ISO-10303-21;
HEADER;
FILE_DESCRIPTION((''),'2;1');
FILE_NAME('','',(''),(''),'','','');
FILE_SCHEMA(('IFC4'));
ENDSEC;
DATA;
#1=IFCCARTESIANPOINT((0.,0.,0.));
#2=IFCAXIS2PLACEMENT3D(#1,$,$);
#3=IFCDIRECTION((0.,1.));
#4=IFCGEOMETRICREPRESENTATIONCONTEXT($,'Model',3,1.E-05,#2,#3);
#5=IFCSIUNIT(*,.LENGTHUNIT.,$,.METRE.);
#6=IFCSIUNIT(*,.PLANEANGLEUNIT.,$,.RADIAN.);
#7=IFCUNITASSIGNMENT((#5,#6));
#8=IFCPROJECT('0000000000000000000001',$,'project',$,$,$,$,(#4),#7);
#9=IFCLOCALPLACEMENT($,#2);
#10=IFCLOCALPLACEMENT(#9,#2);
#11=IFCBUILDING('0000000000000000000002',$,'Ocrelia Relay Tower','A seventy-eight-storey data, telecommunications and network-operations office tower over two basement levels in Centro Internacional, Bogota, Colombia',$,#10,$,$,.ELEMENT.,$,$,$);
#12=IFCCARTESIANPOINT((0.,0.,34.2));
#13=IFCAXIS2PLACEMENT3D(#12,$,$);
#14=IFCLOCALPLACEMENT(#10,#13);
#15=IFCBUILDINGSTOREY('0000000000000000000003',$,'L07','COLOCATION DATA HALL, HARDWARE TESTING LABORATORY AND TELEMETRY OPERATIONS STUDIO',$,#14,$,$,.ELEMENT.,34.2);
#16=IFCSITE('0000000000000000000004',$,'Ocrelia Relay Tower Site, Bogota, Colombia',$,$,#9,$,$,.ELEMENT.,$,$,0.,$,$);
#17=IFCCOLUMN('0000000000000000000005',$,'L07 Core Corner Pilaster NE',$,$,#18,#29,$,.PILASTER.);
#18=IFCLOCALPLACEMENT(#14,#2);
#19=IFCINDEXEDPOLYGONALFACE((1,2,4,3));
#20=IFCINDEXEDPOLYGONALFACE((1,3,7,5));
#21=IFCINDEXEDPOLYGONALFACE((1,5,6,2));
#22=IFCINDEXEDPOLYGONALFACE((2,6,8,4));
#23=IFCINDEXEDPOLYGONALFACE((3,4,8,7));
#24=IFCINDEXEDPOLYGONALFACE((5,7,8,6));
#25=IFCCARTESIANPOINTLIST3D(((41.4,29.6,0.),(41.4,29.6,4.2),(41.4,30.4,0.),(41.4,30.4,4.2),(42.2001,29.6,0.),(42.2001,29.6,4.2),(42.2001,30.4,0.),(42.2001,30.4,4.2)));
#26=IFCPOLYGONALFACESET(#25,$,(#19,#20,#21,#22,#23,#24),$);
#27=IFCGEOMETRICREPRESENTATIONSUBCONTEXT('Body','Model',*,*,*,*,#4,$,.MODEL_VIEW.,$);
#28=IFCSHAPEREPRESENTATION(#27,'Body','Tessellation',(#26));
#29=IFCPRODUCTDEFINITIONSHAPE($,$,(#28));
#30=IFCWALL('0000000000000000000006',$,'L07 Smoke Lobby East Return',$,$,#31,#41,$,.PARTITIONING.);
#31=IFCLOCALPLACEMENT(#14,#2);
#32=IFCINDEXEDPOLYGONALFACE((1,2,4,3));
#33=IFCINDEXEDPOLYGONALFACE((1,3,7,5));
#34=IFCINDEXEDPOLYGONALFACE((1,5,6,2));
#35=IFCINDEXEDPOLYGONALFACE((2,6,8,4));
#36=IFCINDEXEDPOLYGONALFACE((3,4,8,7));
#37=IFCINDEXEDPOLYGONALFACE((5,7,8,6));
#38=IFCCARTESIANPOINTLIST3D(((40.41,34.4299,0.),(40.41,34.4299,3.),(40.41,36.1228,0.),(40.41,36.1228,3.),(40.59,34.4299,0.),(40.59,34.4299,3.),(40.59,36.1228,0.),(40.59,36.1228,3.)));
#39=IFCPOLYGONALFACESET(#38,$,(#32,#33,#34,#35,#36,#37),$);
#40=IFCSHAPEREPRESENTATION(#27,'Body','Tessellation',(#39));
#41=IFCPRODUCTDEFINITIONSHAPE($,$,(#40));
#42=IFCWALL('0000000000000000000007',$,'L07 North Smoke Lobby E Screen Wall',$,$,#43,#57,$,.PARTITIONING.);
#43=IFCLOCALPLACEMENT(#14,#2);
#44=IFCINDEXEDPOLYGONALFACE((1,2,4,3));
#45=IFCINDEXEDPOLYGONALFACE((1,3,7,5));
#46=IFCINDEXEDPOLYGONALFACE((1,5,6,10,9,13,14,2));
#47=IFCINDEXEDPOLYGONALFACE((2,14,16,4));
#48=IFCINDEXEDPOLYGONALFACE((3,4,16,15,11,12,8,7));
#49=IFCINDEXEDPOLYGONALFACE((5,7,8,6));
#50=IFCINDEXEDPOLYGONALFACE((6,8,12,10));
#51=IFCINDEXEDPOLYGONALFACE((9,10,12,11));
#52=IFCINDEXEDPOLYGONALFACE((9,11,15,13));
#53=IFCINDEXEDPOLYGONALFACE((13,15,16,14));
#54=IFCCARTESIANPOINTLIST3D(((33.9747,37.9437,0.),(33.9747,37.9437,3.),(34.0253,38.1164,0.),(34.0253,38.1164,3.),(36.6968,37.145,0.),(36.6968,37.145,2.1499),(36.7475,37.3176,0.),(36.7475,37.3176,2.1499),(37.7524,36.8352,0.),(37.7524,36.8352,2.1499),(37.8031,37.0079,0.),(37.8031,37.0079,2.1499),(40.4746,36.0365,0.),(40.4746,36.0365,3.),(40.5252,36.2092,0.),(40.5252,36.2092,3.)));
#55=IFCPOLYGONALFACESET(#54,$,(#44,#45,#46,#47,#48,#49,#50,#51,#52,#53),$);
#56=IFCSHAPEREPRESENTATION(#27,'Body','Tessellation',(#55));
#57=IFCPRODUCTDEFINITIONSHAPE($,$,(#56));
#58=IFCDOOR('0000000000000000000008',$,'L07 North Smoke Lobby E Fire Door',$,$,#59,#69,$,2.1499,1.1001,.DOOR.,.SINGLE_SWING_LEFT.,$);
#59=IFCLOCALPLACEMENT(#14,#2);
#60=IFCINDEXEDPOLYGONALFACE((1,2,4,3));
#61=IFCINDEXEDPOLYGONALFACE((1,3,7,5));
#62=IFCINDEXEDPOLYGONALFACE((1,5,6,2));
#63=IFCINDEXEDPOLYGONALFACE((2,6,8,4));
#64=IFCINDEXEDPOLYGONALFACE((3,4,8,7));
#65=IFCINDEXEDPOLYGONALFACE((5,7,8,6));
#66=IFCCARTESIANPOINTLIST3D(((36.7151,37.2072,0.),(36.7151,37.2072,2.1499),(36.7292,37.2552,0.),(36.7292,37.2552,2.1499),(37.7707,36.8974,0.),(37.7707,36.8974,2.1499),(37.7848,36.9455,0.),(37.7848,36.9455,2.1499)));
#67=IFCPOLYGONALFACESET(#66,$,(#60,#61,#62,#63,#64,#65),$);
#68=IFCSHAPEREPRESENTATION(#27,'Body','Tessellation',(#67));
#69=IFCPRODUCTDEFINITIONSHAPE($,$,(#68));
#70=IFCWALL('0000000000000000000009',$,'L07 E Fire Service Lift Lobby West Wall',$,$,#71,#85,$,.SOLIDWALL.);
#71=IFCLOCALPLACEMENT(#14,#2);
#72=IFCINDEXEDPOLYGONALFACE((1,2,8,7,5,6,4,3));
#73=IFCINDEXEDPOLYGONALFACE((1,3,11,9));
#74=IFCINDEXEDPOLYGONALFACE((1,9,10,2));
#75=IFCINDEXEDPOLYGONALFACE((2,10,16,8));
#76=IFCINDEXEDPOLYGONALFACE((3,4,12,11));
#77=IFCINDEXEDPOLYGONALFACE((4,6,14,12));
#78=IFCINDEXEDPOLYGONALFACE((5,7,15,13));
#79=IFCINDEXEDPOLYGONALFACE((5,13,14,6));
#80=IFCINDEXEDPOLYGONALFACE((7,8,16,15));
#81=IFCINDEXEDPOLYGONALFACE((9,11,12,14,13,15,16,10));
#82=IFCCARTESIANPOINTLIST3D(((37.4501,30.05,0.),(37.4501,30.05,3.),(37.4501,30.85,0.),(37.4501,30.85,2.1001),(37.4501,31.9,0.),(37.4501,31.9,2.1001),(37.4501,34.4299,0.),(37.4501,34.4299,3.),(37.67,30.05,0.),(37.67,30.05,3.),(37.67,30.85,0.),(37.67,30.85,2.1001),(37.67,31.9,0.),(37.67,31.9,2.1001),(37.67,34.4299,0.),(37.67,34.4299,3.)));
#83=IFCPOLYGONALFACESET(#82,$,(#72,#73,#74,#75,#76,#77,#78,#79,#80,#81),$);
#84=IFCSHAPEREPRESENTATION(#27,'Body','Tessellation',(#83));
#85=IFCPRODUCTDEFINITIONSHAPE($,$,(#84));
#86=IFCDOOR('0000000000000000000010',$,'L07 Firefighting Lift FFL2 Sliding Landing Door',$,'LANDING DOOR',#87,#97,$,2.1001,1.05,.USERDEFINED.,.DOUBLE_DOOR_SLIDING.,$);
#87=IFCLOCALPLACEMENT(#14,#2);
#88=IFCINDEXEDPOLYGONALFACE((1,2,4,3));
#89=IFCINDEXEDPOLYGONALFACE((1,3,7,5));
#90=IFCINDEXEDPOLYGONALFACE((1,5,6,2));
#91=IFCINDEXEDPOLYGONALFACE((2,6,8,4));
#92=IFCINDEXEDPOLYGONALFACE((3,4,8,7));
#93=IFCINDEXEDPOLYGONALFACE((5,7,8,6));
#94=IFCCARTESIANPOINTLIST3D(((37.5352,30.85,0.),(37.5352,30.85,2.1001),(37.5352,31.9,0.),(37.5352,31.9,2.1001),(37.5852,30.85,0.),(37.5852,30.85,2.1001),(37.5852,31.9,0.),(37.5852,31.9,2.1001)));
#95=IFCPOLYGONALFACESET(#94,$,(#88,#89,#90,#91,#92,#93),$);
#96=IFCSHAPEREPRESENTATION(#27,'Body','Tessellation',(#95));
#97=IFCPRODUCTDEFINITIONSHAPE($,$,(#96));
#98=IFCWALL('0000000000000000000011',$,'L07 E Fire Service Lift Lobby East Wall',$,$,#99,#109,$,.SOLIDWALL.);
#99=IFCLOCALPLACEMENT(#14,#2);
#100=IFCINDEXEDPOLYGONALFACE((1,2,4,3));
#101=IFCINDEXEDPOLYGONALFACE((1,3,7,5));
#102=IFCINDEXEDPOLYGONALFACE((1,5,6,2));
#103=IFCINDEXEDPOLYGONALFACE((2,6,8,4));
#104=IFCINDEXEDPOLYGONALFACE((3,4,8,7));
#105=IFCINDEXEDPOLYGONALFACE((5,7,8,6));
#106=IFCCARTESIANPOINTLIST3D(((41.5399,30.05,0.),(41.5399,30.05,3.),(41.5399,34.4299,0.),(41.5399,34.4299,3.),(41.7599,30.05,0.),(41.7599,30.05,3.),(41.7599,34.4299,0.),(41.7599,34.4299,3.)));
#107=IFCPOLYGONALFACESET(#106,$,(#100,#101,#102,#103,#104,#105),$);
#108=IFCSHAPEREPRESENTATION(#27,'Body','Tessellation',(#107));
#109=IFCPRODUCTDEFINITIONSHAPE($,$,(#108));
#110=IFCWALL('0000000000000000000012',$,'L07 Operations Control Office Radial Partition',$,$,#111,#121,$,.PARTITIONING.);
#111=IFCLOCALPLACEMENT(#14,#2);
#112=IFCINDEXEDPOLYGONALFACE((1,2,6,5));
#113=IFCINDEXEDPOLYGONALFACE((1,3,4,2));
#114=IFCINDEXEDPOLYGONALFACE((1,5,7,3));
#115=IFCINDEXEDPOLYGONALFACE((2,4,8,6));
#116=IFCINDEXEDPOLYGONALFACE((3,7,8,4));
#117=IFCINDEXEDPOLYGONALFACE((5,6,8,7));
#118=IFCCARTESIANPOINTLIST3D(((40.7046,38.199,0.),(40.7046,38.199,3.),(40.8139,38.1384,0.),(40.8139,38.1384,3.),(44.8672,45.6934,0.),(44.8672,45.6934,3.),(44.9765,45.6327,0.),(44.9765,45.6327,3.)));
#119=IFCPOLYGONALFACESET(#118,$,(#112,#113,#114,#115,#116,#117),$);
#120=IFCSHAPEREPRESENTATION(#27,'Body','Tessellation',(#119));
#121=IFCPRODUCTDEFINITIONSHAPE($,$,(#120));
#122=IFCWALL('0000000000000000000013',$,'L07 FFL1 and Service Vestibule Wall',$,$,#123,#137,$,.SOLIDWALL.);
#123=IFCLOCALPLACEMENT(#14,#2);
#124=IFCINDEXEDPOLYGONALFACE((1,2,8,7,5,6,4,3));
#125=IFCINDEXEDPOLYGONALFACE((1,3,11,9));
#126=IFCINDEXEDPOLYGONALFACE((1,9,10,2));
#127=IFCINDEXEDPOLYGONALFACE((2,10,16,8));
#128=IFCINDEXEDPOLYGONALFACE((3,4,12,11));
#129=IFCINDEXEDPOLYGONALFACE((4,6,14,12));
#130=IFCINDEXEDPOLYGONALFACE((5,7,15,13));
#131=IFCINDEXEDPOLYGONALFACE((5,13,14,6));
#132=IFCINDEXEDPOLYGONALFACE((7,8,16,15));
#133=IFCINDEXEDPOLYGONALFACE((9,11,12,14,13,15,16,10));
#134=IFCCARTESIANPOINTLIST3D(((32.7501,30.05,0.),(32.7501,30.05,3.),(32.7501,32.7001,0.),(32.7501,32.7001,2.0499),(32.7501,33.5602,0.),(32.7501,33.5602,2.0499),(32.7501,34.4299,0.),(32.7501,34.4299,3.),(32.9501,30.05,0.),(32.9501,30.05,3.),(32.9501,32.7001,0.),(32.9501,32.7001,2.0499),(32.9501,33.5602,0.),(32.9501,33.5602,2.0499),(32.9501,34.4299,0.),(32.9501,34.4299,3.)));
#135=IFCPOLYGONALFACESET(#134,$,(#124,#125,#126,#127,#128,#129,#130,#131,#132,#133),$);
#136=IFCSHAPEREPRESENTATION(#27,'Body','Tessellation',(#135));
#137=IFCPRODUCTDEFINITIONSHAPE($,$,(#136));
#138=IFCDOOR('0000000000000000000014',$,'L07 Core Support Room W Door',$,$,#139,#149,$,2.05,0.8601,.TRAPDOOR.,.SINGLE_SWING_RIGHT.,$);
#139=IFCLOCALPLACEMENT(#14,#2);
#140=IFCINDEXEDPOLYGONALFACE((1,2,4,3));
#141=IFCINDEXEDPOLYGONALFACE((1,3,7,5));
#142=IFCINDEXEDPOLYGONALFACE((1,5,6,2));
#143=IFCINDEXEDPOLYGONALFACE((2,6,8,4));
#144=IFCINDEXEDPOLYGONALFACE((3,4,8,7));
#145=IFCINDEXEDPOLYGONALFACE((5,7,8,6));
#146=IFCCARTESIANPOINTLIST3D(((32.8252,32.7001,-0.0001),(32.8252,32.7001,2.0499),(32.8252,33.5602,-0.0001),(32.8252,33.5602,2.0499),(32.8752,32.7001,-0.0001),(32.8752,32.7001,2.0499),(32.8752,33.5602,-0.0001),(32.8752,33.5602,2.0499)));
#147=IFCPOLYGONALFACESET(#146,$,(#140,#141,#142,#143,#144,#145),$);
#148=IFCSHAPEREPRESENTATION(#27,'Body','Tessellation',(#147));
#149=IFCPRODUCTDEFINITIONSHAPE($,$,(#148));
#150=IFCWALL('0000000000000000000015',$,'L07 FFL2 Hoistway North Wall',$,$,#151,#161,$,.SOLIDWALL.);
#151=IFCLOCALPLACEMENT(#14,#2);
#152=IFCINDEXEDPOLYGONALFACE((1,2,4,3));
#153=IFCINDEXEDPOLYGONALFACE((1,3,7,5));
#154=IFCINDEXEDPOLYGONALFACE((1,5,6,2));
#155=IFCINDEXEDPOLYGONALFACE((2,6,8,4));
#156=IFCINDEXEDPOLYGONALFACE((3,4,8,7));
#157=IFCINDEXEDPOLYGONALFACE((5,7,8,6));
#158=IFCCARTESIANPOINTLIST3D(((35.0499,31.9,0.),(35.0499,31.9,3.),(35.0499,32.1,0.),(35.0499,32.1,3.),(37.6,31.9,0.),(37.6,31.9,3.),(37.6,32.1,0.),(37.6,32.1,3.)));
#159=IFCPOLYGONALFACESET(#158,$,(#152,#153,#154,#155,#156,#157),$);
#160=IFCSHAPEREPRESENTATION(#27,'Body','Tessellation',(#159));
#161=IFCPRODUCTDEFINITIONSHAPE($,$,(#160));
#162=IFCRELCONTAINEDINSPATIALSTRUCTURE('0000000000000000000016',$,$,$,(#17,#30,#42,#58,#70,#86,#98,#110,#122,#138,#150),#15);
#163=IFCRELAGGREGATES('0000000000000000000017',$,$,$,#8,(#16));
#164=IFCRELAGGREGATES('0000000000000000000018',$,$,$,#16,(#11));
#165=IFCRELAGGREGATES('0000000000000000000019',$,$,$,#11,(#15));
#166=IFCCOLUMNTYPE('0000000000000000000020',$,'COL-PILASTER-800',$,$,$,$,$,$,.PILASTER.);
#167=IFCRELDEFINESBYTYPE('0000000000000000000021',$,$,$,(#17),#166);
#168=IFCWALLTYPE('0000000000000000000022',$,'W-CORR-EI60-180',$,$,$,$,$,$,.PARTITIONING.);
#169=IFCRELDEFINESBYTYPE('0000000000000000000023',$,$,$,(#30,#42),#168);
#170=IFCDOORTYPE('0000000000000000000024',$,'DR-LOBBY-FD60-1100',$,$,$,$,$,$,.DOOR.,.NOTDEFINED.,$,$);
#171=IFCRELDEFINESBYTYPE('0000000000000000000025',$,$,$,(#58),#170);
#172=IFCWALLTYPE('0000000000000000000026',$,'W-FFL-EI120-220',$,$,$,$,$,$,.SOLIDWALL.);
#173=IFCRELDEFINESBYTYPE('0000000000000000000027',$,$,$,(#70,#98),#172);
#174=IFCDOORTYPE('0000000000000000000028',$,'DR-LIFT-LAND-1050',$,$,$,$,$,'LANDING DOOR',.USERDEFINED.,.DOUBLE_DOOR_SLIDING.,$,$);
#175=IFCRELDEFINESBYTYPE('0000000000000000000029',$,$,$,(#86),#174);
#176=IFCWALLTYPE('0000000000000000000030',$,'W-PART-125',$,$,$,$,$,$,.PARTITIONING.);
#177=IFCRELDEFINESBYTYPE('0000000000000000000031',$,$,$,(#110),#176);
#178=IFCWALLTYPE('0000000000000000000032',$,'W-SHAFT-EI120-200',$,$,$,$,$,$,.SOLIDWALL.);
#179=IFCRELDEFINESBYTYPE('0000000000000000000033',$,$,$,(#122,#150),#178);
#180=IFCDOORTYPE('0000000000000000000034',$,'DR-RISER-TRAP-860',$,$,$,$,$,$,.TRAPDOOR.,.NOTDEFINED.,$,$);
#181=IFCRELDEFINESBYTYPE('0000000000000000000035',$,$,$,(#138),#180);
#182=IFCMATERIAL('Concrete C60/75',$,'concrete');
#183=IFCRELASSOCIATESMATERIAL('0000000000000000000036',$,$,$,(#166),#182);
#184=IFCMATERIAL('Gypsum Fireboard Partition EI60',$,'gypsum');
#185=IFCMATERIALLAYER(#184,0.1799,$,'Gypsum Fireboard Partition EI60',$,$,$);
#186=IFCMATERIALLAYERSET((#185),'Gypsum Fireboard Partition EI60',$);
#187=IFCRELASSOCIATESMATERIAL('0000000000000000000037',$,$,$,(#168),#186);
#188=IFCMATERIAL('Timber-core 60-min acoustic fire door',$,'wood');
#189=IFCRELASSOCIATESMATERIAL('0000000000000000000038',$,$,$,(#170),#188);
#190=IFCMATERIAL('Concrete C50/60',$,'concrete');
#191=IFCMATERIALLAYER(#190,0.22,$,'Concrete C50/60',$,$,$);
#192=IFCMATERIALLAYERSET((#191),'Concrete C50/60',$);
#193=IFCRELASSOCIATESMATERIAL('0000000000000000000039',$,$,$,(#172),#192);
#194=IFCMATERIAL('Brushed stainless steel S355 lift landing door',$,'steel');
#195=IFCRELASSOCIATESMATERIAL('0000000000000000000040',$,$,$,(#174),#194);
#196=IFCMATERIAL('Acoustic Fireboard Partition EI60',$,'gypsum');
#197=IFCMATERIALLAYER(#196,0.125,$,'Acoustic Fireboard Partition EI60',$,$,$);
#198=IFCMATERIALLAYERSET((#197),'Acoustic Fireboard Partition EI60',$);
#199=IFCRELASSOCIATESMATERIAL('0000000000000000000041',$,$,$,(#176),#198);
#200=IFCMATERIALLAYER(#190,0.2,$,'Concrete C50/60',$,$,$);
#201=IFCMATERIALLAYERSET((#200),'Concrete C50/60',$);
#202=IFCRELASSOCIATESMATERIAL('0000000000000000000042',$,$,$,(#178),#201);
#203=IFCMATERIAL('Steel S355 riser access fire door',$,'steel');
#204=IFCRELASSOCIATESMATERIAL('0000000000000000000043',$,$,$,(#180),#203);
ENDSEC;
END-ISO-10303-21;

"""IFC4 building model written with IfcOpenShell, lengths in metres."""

from ifc_helpers import new_model, si_unit, direction, frame, frame_2d, origin, origin_2d, place, context, subcontext, project, spatial, rectangle, extrude, material, layer, layer_set, material_profile, profile_set, type_object, element, fill, save


model = new_model("IFC4")

# Units and contexts
model_context = context("Model", 3, precision=1e-05, world=origin(), true_north=direction((0.0, 1.0)))
body_context = subcontext(model_context, "Body", "Model", "MODEL_VIEW")
ifc_project = project(units=[si_unit("LENGTHUNIT", "METRE"), si_unit("PLANEANGLEUNIT", "RADIAN")], contexts=[model_context])

# Site, building, storey
site_placement = place(None, origin())
site = spatial("IfcSite", under=ifc_project, at=site_placement, Name="Ocrelia Relay Tower Site, Bogota, Colombia", CompositionType="ELEMENT", RefElevation=0.0)
building_placement = place(site_placement, origin())
building = spatial("IfcBuilding", under=site, at=building_placement, Name="Ocrelia Relay Tower", Description="A seventy-eight-storey data, telecommunications and network-operations office tower over two basement levels in Centro Internacional, Bogota, Colombia", CompositionType="ELEMENT")
storey_placement = place(building_placement, frame((0.0, 0.0, 34.2)))
storey = spatial("IfcBuildingStorey", under=building, at=storey_placement, Name="L07", Description="COLOCATION DATA HALL, HARDWARE TESTING LABORATORY AND TELEMETRY OPERATIONS STUDIO", CompositionType="ELEMENT", Elevation=34.2)

# Column
ifc_material_1 = material(Name="Concrete C60/75", Category="concrete")
ifc_material_profile = material_profile(ifc_material_1, rectangle(XDim=0.8, YDim=0.8, at=origin_2d()), Name="RC-COL-800x800")
ifc_profile_set = profile_set([ifc_material_profile], Name="Concrete C60/75")
column_type = type_object("IfcColumnType", Name="COL-PILASTER-800", PredefinedType="PILASTER", material=ifc_profile_set)
column_placement = place(storey_placement, frame((41.8, 30.0, 0.0), z_axis=(0.0, 0.0, 1.0), x_axis=(1.0, 0.0, 0.0)))
element("IfcColumn", 1, at=column_placement, inside=storey, type_object=column_type, Name="L07 Core Corner Pilaster NE", PredefinedType="PILASTER", context=body_context, shape_type="SweptSolid", body=[
    extrude(rectangle(XDim=0.8, YDim=0.8, at=origin_2d()), origin(), (0.0, 0.0, 1.0), 4.2),
])

# Wall
ifc_material_2 = material(Name="Gypsum Fireboard Partition EI60", Category="gypsum")
ifc_layer_1 = layer(ifc_material_2, 0.1799, Name="Gypsum Fireboard Partition EI60")
ifc_layer_set_1 = layer_set([ifc_layer_1], Name="Gypsum Fireboard Partition EI60")
wall_type_1 = type_object("IfcWallType", Name="W-CORR-EI60-180", PredefinedType="PARTITIONING", material=ifc_layer_set_1)
wall_1_placement = place(storey_placement, frame((40.5, 36.1228, 0.0), z_axis=(0.0, 0.0, 1.0), x_axis=(0.0, -1.0, 0.0)))
element("IfcWall", 2, at=wall_1_placement, inside=storey, type_object=wall_type_1, Name="L07 Smoke Lobby East Return", PredefinedType="PARTITIONING", context=body_context, shape_type="SweptSolid", body=[
    extrude(rectangle(XDim=1.6929, YDim=0.1799, at=frame_2d((0.8464, 0.0))), origin(), (0.0, 0.0, 1.0), 3.0),
])

# Walls, openings, doors
wall_2_placement = place(storey_placement, frame((34.0, 38.03, 0.0), z_axis=(0.0, 0.0, 1.0), x_axis=(0.959547, -0.28155, 0.0)))
wall_2 = element("IfcWall", 3, at=wall_2_placement, inside=storey, type_object=wall_type_1, Name="L07 North Smoke Lobby E Screen Wall", PredefinedType="PARTITIONING", context=body_context, shape_type="SweptSolid", body=[
    extrude(rectangle(XDim=6.7739, YDim=0.1799, at=frame_2d((3.387, 0.0))), origin(), (0.0, 0.0, 1.0), 3.0),
])
opening_1_placement = place(wall_2_placement, frame((2.8369, 0.0, 0.0)))
opening_1 = element("IfcOpeningElement", 4, at=opening_1_placement, cuts=wall_2, PredefinedType="OPENING", context=body_context, shape_type="SweptSolid", body=[
    extrude(rectangle(XDim=1.1001, YDim=2.1499, at=frame_2d((0.55, 1.075))), frame((0.0, 0.1001, 0.0), z_axis=(0.0, -1.0, 0.0), x_axis=(1.0, 0.0, 0.0)), (0.0, 0.0, 1.0), 0.2),
])
ifc_material_3 = material(Name="Timber-core 60-min acoustic fire door", Category="wood")
door_type_1 = type_object("IfcDoorType", Name="DR-LOBBY-FD60-1100", OperationType="NOTDEFINED", PredefinedType="DOOR", material=ifc_material_3)
door_1_placement = place(opening_1_placement, origin())
door_1 = element("IfcDoor", 5, at=door_1_placement, inside=storey, type_object=door_type_1, Name="L07 North Smoke Lobby E Fire Door", OperationType="SINGLE_SWING_LEFT", OverallHeight=2.1499, OverallWidth=1.1001, PredefinedType="DOOR", context=body_context, shape_type="SweptSolid", body=[
    extrude(rectangle(XDim=1.1001, YDim=2.1499, at=frame_2d((0.55, 1.075))), frame((0.0, 0.0249, 0.0), z_axis=(0.0, -1.0, 0.0), x_axis=(1.0, 0.0, 0.0)), (0.0, 0.0, 1.0), 0.05),
])
fill(opening_1, door_1)
ifc_material_4 = material(Name="Concrete C50/60", Category="concrete")
ifc_layer_2 = layer(ifc_material_4, 0.22, Name="Concrete C50/60")
ifc_layer_set_2 = layer_set([ifc_layer_2], Name="Concrete C50/60")
wall_type_2 = type_object("IfcWallType", Name="W-FFL-EI120-220", PredefinedType="SOLIDWALL", material=ifc_layer_set_2)
wall_3_placement = place(storey_placement, frame((37.5601, 30.05, 0.0), z_axis=(0.0, 0.0, 1.0), x_axis=(0.0, 1.0, 0.0)))
wall_3 = element("IfcWall", 6, at=wall_3_placement, inside=storey, type_object=wall_type_2, Name="L07 E Fire Service Lift Lobby West Wall", PredefinedType="SOLIDWALL", context=body_context, shape_type="SweptSolid", body=[
    extrude(rectangle(XDim=4.3799, YDim=0.22, at=frame_2d((2.1899, 0.0))), origin(), (0.0, 0.0, 1.0), 3.0),
])
opening_2_placement = place(wall_3_placement, frame((0.8, 0.0, 0.0)))
opening_2 = element("IfcOpeningElement", 7, at=opening_2_placement, cuts=wall_3, PredefinedType="OPENING", context=body_context, shape_type="SweptSolid", body=[
    extrude(rectangle(XDim=1.05, YDim=2.1001, at=frame_2d((0.5249, 1.05))), frame((0.0, 0.1201, 0.0), z_axis=(0.0, -1.0, 0.0), x_axis=(1.0, 0.0, 0.0)), (0.0, 0.0, 1.0), 0.24),
])
ifc_material_5 = material(Name="Brushed stainless steel S355 lift landing door", Category="steel")
door_type_2 = type_object("IfcDoorType", Name="DR-LIFT-LAND-1050", ElementType="LANDING DOOR", OperationType="DOUBLE_DOOR_SLIDING", PredefinedType="USERDEFINED", material=ifc_material_5)
door_2_placement = place(opening_2_placement, origin())
door_2 = element("IfcDoor", 8, at=door_2_placement, inside=storey, type_object=door_type_2, Name="L07 Firefighting Lift FFL2 Sliding Landing Door", ObjectType="LANDING DOOR", OperationType="DOUBLE_DOOR_SLIDING", OverallHeight=2.1001, OverallWidth=1.05, PredefinedType="USERDEFINED", context=body_context, shape_type="SweptSolid", body=[
    extrude(rectangle(XDim=1.05, YDim=2.1001, at=frame_2d((0.5249, 1.05))), frame((0.0, 0.0249, 0.0), z_axis=(0.0, -1.0, 0.0), x_axis=(1.0, 0.0, 0.0)), (0.0, 0.0, 1.0), 0.05),
])
fill(opening_2, door_2)

# Wall
wall_4_placement = place(storey_placement, frame((41.6499, 30.05, 0.0), z_axis=(0.0, 0.0, 1.0), x_axis=(0.0, 1.0, 0.0)))
element("IfcWall", 9, at=wall_4_placement, inside=storey, type_object=wall_type_2, Name="L07 E Fire Service Lift Lobby East Wall", PredefinedType="SOLIDWALL", context=body_context, shape_type="SweptSolid", body=[
    extrude(rectangle(XDim=4.3799, YDim=0.22, at=frame_2d((2.1899, 0.0))), origin(), (0.0, 0.0, 1.0), 3.0),
])

# Wall
ifc_material_6 = material(Name="Acoustic Fireboard Partition EI60", Category="gypsum")
ifc_layer_3 = layer(ifc_material_6, 0.125, Name="Acoustic Fireboard Partition EI60")
ifc_layer_set_3 = layer_set([ifc_layer_3], Name="Acoustic Fireboard Partition EI60")
wall_type_3 = type_object("IfcWallType", Name="W-PART-125", PredefinedType="PARTITIONING", material=ifc_layer_set_3)
wall_5_placement = place(storey_placement, frame((40.7593, 38.1687, 0.0), z_axis=(0.0, 0.0, 1.0), x_axis=(0.485558, 0.874204, 0.0)))
element("IfcWall", 10, at=wall_5_placement, inside=storey, type_object=wall_type_3, Name="L07 Operations Control Office Radial Partition", PredefinedType="PARTITIONING", context=body_context, shape_type="SweptSolid", body=[
    extrude(rectangle(XDim=8.5728, YDim=0.125, at=frame_2d((4.2864, 0.0))), origin(), (0.0, 0.0, 1.0), 3.0),
])

# Wall, opening, door
ifc_layer_4 = layer(ifc_material_4, 0.2, Name="Concrete C50/60")
ifc_layer_set_4 = layer_set([ifc_layer_4], Name="Concrete C50/60")
wall_type_4 = type_object("IfcWallType", Name="W-SHAFT-EI120-200", PredefinedType="SOLIDWALL", material=ifc_layer_set_4)
wall_6_placement = place(storey_placement, frame((32.8501, 30.05, 0.0), z_axis=(0.0, 0.0, 1.0), x_axis=(0.0, 1.0, 0.0)))
wall_6 = element("IfcWall", 11, at=wall_6_placement, inside=storey, type_object=wall_type_4, Name="L07 FFL1 and Service Vestibule Wall", PredefinedType="SOLIDWALL", context=body_context, shape_type="SweptSolid", body=[
    extrude(rectangle(XDim=4.3799, YDim=0.2, at=frame_2d((2.1899, 0.0))), origin(), (0.0, 0.0, 1.0), 3.0),
])
opening_3_placement = place(wall_6_placement, frame((2.6499, 0.0, 0.0)))
opening_3 = element("IfcOpeningElement", 12, at=opening_3_placement, cuts=wall_6, PredefinedType="OPENING", context=body_context, shape_type="SweptSolid", body=[
    extrude(rectangle(XDim=0.8601, YDim=2.05, at=frame_2d((0.4302, 1.0249))), frame((0.0, 0.1099, 0.0), z_axis=(0.0, -1.0, 0.0), x_axis=(1.0, 0.0, 0.0)), (0.0, 0.0, 1.0), 0.22),
])
ifc_material_7 = material(Name="Steel S355 riser access fire door", Category="steel")
door_type_3 = type_object("IfcDoorType", Name="DR-RISER-TRAP-860", OperationType="NOTDEFINED", PredefinedType="TRAPDOOR", material=ifc_material_7)
door_3_placement = place(opening_3_placement, origin())
door_3 = element("IfcDoor", 13, at=door_3_placement, inside=storey, type_object=door_type_3, Name="L07 Core Support Room W Door", OperationType="SINGLE_SWING_RIGHT", OverallHeight=2.05, OverallWidth=0.8601, PredefinedType="TRAPDOOR", context=body_context, shape_type="SweptSolid", body=[
    extrude(rectangle(XDim=0.8601, YDim=2.05, at=frame_2d((0.4302, 1.0249))), frame((0.0, 0.0249, 0.0), z_axis=(0.0, -1.0, 0.0), x_axis=(1.0, 0.0, 0.0)), (0.0, 0.0, 1.0), 0.05),
])
fill(opening_3, door_3)

# Wall
wall_7_placement = place(storey_placement, frame((35.05, 32.0, 0.0), z_axis=(0.0, 0.0, 1.0), x_axis=(1.0, 0.0, 0.0)))
element("IfcWall", 14, at=wall_7_placement, inside=storey, type_object=wall_type_4, Name="L07 FFL2 Hoistway North Wall", PredefinedType="SOLIDWALL", context=body_context, shape_type="SweptSolid", body=[
    extrude(rectangle(XDim=2.55, YDim=0.2, at=frame_2d((1.2749, 0.0))), origin(), (0.0, 0.0, 1.0), 3.0),
])

save(model, "model.ifc")
